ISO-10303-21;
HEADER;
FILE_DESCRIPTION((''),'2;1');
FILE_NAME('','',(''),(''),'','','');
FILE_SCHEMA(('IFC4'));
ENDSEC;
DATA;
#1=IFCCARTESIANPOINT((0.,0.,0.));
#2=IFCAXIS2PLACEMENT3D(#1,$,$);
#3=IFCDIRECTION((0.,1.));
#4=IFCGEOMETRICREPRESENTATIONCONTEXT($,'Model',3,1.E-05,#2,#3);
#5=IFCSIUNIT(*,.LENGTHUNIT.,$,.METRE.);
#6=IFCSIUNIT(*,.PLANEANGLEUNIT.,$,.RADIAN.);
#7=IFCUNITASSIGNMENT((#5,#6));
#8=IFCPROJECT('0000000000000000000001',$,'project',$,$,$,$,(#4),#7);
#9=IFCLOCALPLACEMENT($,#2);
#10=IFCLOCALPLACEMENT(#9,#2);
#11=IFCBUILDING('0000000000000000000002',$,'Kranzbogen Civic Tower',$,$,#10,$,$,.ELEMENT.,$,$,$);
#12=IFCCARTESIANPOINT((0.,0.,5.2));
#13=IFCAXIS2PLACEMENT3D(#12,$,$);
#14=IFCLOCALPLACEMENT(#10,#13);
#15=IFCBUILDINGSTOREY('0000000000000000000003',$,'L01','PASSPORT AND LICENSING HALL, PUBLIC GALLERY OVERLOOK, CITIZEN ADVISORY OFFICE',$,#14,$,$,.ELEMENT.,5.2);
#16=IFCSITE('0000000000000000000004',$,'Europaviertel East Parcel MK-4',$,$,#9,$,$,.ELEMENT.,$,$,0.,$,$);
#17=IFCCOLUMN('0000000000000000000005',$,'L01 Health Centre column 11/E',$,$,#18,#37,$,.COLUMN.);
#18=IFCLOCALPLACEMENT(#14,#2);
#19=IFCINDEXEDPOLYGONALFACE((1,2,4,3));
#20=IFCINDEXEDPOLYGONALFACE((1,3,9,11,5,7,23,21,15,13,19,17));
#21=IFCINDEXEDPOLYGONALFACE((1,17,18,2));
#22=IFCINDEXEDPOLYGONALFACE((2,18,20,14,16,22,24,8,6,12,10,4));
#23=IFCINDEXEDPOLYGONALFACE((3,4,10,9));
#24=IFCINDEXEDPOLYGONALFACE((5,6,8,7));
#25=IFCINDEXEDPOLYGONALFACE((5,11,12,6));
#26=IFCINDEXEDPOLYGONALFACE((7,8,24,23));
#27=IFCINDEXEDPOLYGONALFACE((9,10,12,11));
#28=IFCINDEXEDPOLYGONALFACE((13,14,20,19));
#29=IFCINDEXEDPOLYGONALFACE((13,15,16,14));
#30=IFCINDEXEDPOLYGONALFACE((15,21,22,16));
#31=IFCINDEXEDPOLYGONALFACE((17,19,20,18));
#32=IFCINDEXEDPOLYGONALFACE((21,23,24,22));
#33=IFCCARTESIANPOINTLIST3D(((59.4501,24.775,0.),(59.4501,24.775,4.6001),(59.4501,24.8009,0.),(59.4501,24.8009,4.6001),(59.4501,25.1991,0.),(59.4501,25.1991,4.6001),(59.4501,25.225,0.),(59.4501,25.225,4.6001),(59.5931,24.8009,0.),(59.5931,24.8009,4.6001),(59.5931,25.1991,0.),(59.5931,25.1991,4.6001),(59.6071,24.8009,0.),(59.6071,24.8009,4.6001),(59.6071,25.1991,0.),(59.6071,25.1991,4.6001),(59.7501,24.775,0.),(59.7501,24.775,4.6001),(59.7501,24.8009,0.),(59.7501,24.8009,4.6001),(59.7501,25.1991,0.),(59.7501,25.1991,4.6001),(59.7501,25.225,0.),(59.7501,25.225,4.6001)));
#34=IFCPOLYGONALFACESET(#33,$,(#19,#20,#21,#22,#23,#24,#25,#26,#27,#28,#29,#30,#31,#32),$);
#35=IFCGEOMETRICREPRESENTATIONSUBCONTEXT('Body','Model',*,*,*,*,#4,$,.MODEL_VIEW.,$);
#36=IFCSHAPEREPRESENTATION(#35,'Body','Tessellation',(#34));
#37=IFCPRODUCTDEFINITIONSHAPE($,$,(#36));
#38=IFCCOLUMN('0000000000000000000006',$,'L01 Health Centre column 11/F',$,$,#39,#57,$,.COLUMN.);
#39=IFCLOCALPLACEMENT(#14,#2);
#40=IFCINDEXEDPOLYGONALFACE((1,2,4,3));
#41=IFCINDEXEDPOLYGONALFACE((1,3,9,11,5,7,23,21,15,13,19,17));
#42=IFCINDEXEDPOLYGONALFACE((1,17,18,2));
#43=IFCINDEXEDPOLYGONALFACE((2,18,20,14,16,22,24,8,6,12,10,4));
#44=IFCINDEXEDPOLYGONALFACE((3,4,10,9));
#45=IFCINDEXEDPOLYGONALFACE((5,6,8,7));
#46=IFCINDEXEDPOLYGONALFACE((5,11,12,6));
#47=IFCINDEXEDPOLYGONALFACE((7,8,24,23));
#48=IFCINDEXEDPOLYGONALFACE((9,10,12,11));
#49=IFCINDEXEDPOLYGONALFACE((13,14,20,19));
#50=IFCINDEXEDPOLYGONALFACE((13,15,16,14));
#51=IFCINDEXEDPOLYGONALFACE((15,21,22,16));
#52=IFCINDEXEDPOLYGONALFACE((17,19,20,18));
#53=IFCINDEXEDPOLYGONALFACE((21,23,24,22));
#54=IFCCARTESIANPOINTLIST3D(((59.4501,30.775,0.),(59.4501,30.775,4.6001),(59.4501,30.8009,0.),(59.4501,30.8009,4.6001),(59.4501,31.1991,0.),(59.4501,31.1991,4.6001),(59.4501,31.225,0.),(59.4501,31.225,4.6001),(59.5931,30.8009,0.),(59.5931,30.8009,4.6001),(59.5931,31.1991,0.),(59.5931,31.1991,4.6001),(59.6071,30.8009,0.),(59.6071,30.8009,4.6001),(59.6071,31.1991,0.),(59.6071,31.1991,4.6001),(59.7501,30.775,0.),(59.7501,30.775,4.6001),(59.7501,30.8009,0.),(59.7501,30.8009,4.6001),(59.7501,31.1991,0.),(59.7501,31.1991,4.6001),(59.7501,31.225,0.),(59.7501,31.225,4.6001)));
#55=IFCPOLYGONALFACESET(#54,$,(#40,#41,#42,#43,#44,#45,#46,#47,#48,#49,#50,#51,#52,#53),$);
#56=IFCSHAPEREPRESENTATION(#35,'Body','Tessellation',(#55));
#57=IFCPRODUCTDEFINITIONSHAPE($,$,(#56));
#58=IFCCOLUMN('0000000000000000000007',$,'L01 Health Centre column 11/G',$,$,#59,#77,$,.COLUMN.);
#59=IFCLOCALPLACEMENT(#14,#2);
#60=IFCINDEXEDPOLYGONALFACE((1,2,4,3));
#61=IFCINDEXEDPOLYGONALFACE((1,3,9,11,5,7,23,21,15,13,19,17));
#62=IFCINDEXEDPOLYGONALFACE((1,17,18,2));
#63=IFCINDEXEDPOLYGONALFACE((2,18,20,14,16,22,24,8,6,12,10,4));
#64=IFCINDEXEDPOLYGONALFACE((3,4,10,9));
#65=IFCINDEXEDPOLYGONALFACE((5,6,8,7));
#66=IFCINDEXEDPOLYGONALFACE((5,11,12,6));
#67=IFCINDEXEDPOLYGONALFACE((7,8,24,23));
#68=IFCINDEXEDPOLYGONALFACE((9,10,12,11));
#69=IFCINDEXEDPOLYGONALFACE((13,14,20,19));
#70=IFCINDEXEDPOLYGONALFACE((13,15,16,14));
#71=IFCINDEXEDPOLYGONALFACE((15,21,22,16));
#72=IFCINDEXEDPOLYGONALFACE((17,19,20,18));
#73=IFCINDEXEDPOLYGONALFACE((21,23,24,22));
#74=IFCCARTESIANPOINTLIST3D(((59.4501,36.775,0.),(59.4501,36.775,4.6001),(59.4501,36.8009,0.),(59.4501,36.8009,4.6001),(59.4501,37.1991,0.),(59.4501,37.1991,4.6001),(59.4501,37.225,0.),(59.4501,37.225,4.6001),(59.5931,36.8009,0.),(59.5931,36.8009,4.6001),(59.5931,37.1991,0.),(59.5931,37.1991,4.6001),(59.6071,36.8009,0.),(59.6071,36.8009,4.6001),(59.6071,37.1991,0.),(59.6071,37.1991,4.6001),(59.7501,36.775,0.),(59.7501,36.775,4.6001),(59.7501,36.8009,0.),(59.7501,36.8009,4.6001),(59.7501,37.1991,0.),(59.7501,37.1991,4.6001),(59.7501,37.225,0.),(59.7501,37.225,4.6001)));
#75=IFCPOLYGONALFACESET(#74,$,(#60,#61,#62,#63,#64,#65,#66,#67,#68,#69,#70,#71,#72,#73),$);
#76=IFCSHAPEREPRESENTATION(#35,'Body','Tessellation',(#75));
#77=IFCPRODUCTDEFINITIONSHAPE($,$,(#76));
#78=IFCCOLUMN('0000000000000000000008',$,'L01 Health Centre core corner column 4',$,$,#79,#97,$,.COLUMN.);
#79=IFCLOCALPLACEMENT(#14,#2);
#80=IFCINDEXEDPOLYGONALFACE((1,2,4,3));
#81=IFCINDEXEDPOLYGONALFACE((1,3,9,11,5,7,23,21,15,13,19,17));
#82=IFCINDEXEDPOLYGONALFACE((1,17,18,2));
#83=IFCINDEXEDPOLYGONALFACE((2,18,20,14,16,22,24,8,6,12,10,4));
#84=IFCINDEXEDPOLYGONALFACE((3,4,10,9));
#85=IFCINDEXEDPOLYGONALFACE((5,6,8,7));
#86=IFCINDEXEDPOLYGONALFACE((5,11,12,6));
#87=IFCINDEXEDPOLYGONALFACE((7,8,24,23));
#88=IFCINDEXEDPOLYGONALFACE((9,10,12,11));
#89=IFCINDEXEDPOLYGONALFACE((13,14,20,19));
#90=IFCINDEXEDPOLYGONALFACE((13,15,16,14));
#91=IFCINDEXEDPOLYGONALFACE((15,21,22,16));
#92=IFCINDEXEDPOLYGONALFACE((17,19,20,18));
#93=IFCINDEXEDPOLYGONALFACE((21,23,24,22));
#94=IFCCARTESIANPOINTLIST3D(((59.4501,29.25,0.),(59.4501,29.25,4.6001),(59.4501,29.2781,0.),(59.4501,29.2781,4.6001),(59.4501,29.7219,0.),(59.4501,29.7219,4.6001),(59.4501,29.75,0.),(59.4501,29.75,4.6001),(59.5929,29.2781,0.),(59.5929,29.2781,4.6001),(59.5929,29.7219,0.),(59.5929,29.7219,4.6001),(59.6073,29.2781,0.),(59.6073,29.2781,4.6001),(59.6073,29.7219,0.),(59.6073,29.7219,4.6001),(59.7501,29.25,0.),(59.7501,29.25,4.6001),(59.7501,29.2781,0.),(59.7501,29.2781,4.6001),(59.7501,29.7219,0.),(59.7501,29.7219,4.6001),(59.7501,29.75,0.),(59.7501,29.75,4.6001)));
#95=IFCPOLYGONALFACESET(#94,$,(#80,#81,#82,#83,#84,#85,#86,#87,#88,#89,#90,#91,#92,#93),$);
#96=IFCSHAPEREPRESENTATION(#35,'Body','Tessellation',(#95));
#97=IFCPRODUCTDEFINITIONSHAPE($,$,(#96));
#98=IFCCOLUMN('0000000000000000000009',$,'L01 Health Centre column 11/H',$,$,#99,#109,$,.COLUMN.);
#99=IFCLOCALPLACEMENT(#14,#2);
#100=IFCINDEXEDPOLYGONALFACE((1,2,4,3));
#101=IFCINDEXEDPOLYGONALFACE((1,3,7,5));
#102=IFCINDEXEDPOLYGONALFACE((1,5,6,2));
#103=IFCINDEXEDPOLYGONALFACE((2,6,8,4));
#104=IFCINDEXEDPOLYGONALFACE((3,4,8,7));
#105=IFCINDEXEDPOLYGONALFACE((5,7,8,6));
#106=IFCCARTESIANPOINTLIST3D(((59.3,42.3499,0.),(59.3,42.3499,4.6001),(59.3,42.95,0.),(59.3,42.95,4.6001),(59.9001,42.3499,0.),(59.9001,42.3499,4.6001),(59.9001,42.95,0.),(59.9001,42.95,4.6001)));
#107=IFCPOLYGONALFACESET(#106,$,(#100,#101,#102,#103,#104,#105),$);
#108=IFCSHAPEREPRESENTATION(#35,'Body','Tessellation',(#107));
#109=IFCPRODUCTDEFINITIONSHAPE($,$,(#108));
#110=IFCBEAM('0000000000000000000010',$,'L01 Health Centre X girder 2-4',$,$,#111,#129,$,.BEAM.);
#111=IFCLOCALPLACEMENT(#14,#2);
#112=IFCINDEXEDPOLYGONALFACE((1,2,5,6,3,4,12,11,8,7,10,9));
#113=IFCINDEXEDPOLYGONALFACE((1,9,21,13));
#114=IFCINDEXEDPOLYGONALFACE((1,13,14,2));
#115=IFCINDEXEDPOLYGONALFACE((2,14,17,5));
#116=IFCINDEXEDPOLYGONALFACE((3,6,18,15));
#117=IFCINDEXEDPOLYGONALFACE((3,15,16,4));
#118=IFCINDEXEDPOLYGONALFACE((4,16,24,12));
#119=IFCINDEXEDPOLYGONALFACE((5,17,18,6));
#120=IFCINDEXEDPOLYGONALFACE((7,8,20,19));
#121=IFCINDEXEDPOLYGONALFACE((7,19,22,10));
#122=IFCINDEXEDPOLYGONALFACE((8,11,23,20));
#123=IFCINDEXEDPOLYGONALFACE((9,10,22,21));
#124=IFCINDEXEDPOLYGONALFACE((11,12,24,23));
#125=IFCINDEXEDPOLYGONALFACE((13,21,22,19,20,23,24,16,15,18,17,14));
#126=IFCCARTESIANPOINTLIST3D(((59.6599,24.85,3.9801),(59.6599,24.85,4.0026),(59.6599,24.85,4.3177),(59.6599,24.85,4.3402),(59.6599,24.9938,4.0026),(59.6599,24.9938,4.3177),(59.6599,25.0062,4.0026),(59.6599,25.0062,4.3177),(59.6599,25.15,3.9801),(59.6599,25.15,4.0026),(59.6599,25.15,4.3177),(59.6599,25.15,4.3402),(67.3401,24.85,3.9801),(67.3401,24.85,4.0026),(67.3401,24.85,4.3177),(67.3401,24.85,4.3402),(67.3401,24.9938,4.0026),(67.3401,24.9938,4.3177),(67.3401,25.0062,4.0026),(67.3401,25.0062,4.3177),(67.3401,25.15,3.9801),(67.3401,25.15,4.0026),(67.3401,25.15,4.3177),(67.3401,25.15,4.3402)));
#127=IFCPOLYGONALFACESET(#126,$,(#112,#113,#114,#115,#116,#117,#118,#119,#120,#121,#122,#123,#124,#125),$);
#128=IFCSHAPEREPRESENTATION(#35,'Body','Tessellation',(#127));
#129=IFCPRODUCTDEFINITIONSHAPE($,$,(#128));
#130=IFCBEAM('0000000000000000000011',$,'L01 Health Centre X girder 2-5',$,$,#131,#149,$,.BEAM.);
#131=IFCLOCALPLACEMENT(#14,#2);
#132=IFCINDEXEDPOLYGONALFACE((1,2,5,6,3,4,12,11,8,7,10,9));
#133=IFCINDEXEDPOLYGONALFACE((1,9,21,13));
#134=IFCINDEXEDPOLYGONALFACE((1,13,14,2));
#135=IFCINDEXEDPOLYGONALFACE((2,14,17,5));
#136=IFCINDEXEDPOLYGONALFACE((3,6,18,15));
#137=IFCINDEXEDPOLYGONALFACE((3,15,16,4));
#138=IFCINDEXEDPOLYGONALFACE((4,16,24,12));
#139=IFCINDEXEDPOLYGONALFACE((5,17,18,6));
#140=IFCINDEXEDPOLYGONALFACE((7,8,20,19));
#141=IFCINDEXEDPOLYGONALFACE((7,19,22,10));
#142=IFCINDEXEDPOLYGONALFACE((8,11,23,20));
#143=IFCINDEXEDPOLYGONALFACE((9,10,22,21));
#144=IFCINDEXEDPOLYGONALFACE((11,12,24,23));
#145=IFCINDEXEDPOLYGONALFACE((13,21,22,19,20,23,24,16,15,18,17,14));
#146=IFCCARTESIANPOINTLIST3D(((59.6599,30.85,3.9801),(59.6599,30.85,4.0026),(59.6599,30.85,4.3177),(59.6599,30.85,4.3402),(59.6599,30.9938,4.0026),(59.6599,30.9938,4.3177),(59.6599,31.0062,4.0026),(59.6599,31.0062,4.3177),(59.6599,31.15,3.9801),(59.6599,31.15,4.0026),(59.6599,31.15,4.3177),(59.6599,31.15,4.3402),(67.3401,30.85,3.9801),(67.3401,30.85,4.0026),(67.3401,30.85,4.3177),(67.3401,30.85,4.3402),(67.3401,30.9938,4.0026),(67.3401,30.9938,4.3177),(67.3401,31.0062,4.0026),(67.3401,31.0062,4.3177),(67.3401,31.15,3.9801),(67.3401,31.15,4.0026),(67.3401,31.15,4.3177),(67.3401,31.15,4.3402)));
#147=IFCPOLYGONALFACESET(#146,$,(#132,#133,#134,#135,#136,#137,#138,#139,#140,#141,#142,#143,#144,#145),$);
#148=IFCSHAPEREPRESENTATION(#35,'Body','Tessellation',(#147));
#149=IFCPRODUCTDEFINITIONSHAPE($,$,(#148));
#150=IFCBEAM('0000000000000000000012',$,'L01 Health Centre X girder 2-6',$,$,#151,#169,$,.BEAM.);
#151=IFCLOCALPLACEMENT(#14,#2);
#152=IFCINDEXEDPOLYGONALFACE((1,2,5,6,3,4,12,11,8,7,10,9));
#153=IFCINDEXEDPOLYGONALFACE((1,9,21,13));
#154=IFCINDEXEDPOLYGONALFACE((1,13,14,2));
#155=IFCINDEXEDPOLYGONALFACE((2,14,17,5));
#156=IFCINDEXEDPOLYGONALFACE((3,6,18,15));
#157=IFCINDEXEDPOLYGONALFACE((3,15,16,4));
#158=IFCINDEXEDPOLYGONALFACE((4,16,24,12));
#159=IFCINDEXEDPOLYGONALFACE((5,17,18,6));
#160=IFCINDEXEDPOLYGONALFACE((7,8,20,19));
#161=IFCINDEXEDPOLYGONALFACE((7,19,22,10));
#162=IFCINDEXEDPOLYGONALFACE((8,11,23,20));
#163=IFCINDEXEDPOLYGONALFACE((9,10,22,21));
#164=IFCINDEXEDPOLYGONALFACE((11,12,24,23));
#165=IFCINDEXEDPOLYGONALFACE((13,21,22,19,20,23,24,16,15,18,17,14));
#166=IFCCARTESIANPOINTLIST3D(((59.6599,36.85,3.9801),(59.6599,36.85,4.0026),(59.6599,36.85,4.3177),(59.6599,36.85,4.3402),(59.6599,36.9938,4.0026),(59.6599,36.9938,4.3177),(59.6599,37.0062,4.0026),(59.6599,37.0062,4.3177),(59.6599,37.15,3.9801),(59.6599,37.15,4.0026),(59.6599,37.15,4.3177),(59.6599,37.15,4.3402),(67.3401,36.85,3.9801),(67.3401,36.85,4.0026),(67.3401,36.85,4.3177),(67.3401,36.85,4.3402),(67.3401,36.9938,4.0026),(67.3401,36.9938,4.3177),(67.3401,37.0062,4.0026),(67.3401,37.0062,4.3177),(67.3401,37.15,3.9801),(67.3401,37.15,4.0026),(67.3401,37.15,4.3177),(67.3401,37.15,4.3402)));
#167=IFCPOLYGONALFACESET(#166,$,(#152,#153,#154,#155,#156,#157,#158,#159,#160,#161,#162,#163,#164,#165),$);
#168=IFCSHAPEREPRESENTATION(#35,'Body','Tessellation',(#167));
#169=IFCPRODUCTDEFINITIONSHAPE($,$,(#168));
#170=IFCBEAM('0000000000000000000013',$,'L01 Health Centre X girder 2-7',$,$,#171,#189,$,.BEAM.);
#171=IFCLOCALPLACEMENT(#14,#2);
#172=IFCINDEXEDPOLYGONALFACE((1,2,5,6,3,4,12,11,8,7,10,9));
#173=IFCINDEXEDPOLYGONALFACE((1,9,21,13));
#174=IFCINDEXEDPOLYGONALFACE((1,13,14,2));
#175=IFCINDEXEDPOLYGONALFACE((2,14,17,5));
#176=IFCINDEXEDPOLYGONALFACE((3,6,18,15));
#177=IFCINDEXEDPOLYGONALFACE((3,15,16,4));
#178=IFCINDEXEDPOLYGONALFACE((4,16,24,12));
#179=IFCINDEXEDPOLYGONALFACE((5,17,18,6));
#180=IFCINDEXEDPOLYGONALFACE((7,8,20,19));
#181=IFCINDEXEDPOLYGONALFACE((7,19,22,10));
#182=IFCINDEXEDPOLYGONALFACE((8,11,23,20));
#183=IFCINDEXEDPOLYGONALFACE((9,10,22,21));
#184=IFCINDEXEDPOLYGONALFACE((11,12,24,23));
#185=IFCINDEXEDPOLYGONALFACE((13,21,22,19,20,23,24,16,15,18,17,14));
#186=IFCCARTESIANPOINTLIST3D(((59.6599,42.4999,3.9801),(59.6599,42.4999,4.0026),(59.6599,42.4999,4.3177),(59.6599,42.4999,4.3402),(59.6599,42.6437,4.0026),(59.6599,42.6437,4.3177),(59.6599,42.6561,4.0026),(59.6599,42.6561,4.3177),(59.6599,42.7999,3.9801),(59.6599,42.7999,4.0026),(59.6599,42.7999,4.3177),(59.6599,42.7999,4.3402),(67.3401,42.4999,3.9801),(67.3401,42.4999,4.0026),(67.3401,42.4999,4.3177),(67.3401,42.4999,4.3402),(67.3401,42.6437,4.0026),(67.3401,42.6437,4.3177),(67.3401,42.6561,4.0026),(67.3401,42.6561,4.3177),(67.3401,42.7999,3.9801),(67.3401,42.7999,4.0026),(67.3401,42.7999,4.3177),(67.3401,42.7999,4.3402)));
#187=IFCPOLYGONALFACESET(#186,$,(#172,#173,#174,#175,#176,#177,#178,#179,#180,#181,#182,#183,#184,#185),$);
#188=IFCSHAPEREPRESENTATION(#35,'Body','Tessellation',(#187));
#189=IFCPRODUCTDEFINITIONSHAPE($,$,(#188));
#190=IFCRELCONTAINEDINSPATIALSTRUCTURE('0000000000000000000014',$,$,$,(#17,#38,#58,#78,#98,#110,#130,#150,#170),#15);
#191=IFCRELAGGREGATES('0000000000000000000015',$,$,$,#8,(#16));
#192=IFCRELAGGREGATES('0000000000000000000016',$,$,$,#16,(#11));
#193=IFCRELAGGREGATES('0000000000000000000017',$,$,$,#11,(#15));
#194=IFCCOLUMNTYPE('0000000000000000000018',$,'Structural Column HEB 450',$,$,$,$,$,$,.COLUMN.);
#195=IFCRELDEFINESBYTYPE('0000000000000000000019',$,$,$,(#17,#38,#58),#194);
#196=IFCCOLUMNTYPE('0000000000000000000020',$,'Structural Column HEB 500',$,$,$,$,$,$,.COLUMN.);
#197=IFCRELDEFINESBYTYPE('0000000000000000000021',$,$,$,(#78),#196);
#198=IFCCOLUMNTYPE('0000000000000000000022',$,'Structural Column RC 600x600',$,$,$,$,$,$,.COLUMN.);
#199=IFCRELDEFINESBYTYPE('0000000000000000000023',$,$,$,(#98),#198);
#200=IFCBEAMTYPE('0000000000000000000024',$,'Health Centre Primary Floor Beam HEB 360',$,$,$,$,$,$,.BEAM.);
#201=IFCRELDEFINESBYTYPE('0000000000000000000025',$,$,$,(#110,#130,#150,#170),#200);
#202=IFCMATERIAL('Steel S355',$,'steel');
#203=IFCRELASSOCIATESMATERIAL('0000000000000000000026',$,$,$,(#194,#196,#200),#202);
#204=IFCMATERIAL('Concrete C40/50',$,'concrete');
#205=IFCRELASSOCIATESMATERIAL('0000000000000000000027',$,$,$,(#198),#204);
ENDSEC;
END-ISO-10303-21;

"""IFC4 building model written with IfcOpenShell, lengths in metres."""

from ifc_helpers import new_model, si_unit, direction, frame, origin, origin_2d, place, context, subcontext, project, spatial, rectangle, i_section, extrude, material, material_profile, profile_set, type_object, element, save


model = new_model("IFC4")

# Units and contexts
model_context = context("Model", 3, precision=1e-05, world=origin(), true_north=direction((0.0, 1.0)))
body_context = subcontext(model_context, "Body", "Model", "MODEL_VIEW")
ifc_project = project(units=[si_unit("LENGTHUNIT", "METRE"), si_unit("PLANEANGLEUNIT", "RADIAN")], contexts=[model_context])

# Site, building, storey
site_placement = place(None, origin())
site = spatial("IfcSite", under=ifc_project, at=site_placement, Name="Europaviertel East Parcel MK-4", CompositionType="ELEMENT", RefElevation=0.0)
building_placement = place(site_placement, origin())
building = spatial("IfcBuilding", under=site, at=building_placement, Name="Kranzbogen Civic Tower", CompositionType="ELEMENT")
storey_placement = place(building_placement, frame((0.0, 0.0, 5.2)))
storey = spatial("IfcBuildingStorey", under=building, at=storey_placement, Name="L01", Description="PASSPORT AND LICENSING HALL, PUBLIC GALLERY OVERLOOK, CITIZEN ADVISORY OFFICE", CompositionType="ELEMENT", Elevation=5.2)

# Columns
ifc_material_1 = material(Name="Steel S355", Category="steel")
ifc_material_profile_1 = material_profile(ifc_material_1, i_section(OverallWidth=0.3, OverallDepth=0.45, WebThickness=0.0139, FlangeThickness=0.0259, at=origin_2d()), Name="HEB 450")
ifc_profile_set_1 = profile_set([ifc_material_profile_1], Name="Steel S355")
column_type_1 = type_object("IfcColumnType", Name="Structural Column HEB 450", PredefinedType="COLUMN", material=ifc_profile_set_1)
for number, where, z_axis, x_axis, name in (
    (1, (59.6001, 25.0, 0.0), (0.0, 0.0, 1.0), (1.0, 0.0, 0.0), "L01 Health Centre column 11/E"),
    (2, (59.6001, 31.0, 0.0), (0.0, 0.0, 1.0), (1.0, 0.0, 0.0), "L01 Health Centre column 11/F"),
    (3, (59.6001, 37.0, 0.0), (0.0, 0.0, 1.0), (1.0, 0.0, 0.0), "L01 Health Centre column 11/G"),
):
    element("IfcColumn", number, at=place(storey_placement, frame(where, z_axis=z_axis, x_axis=x_axis)), inside=storey, type_object=column_type_1, Name=name, PredefinedType="COLUMN", context=body_context, shape_type="SweptSolid", body=[
        extrude(i_section(OverallWidth=0.3, OverallDepth=0.45, WebThickness=0.0139, FlangeThickness=0.0259, at=origin_2d()), origin(), (0.0, 0.0, 1.0), 4.6001),
    ])
ifc_material_profile_2 = material_profile(ifc_material_1, i_section(OverallWidth=0.3, OverallDepth=0.5, WebThickness=0.0144, FlangeThickness=0.0281, at=origin_2d()), Name="HEB 500")
ifc_profile_set_2 = profile_set([ifc_material_profile_2], Name="Steel S355")
column_type_2 = type_object("IfcColumnType", Name="Structural Column HEB 500", PredefinedType="COLUMN", material=ifc_profile_set_2)
column_1_placement = place(storey_placement, frame((59.6001, 29.5, 0.0), z_axis=(0.0, 0.0, 1.0), x_axis=(1.0, 0.0, 0.0)))
element("IfcColumn", 4, at=column_1_placement, inside=storey, type_object=column_type_2, Name="L01 Health Centre core corner column 4", PredefinedType="COLUMN", context=body_context, shape_type="SweptSolid", body=[
    extrude(i_section(OverallWidth=0.3, OverallDepth=0.5, WebThickness=0.0144, FlangeThickness=0.0281, at=origin_2d()), origin(), (0.0, 0.0, 1.0), 4.6001),
])
ifc_material_2 = material(Name="Concrete C40/50", Category="concrete")
ifc_material_profile_3 = material_profile(ifc_material_2, rectangle(XDim=0.6001, YDim=0.6001, at=origin_2d()), Name="RC 600x600")
ifc_profile_set_3 = profile_set([ifc_material_profile_3], Name="Concrete C40/50")
column_type_3 = type_object("IfcColumnType", Name="Structural Column RC 600x600", PredefinedType="COLUMN", material=ifc_profile_set_3)
column_2_placement = place(storey_placement, frame((59.6001, 42.6499, 0.0), z_axis=(0.0, 0.0, 1.0), x_axis=(1.0, 0.0, 0.0)))
element("IfcColumn", 5, at=column_2_placement, inside=storey, type_object=column_type_3, Name="L01 Health Centre column 11/H", PredefinedType="COLUMN", context=body_context, shape_type="SweptSolid", body=[
    extrude(rectangle(XDim=0.6001, YDim=0.6001, at=origin_2d()), origin(), (0.0, 0.0, 1.0), 4.6001),
])

# Beams
ifc_material_profile_4 = material_profile(ifc_material_1, i_section(OverallWidth=0.3, OverallDepth=0.3601, WebThickness=0.0125, FlangeThickness=0.0225, at=origin_2d()), Name="HEB 360")
ifc_profile_set_4 = profile_set([ifc_material_profile_4], Name="Steel S355")
beam_type_1 = type_object("IfcBeamType", Name="Health Centre Primary Floor Beam HEB 360", PredefinedType="BEAM", material=ifc_profile_set_4)
for number, where, z_axis, x_axis, name in (
    (6, (59.6599, 25.0, 4.1602), (1.0, 0.0, 0.0), (0.0, 1.0, 0.0), "L01 Health Centre X girder 2-4"),
    (7, (59.6599, 31.0, 4.1602), (1.0, 0.0, 0.0), (0.0, 1.0, 0.0), "L01 Health Centre X girder 2-5"),
    (8, (59.6599, 37.0, 4.1602), (1.0, 0.0, 0.0), (0.0, 1.0, 0.0), "L01 Health Centre X girder 2-6"),
    (9, (59.6599, 42.6499, 4.1602), (1.0, 0.0, 0.0), (0.0, 1.0, 0.0), "L01 Health Centre X girder 2-7"),
):
    element("IfcBeam", number, at=place(storey_placement, frame(where, z_axis=z_axis, x_axis=x_axis)), inside=storey, type_object=beam_type_1, Name=name, PredefinedType="BEAM", context=body_context, shape_type="SweptSolid", body=[
        extrude(i_section(OverallWidth=0.3, OverallDepth=0.3601, WebThickness=0.0125, FlangeThickness=0.0225, at=origin_2d()), origin(), (0.0, 0.0, 1.0), 7.6802),
    ])

save(model, "model.ifc")
